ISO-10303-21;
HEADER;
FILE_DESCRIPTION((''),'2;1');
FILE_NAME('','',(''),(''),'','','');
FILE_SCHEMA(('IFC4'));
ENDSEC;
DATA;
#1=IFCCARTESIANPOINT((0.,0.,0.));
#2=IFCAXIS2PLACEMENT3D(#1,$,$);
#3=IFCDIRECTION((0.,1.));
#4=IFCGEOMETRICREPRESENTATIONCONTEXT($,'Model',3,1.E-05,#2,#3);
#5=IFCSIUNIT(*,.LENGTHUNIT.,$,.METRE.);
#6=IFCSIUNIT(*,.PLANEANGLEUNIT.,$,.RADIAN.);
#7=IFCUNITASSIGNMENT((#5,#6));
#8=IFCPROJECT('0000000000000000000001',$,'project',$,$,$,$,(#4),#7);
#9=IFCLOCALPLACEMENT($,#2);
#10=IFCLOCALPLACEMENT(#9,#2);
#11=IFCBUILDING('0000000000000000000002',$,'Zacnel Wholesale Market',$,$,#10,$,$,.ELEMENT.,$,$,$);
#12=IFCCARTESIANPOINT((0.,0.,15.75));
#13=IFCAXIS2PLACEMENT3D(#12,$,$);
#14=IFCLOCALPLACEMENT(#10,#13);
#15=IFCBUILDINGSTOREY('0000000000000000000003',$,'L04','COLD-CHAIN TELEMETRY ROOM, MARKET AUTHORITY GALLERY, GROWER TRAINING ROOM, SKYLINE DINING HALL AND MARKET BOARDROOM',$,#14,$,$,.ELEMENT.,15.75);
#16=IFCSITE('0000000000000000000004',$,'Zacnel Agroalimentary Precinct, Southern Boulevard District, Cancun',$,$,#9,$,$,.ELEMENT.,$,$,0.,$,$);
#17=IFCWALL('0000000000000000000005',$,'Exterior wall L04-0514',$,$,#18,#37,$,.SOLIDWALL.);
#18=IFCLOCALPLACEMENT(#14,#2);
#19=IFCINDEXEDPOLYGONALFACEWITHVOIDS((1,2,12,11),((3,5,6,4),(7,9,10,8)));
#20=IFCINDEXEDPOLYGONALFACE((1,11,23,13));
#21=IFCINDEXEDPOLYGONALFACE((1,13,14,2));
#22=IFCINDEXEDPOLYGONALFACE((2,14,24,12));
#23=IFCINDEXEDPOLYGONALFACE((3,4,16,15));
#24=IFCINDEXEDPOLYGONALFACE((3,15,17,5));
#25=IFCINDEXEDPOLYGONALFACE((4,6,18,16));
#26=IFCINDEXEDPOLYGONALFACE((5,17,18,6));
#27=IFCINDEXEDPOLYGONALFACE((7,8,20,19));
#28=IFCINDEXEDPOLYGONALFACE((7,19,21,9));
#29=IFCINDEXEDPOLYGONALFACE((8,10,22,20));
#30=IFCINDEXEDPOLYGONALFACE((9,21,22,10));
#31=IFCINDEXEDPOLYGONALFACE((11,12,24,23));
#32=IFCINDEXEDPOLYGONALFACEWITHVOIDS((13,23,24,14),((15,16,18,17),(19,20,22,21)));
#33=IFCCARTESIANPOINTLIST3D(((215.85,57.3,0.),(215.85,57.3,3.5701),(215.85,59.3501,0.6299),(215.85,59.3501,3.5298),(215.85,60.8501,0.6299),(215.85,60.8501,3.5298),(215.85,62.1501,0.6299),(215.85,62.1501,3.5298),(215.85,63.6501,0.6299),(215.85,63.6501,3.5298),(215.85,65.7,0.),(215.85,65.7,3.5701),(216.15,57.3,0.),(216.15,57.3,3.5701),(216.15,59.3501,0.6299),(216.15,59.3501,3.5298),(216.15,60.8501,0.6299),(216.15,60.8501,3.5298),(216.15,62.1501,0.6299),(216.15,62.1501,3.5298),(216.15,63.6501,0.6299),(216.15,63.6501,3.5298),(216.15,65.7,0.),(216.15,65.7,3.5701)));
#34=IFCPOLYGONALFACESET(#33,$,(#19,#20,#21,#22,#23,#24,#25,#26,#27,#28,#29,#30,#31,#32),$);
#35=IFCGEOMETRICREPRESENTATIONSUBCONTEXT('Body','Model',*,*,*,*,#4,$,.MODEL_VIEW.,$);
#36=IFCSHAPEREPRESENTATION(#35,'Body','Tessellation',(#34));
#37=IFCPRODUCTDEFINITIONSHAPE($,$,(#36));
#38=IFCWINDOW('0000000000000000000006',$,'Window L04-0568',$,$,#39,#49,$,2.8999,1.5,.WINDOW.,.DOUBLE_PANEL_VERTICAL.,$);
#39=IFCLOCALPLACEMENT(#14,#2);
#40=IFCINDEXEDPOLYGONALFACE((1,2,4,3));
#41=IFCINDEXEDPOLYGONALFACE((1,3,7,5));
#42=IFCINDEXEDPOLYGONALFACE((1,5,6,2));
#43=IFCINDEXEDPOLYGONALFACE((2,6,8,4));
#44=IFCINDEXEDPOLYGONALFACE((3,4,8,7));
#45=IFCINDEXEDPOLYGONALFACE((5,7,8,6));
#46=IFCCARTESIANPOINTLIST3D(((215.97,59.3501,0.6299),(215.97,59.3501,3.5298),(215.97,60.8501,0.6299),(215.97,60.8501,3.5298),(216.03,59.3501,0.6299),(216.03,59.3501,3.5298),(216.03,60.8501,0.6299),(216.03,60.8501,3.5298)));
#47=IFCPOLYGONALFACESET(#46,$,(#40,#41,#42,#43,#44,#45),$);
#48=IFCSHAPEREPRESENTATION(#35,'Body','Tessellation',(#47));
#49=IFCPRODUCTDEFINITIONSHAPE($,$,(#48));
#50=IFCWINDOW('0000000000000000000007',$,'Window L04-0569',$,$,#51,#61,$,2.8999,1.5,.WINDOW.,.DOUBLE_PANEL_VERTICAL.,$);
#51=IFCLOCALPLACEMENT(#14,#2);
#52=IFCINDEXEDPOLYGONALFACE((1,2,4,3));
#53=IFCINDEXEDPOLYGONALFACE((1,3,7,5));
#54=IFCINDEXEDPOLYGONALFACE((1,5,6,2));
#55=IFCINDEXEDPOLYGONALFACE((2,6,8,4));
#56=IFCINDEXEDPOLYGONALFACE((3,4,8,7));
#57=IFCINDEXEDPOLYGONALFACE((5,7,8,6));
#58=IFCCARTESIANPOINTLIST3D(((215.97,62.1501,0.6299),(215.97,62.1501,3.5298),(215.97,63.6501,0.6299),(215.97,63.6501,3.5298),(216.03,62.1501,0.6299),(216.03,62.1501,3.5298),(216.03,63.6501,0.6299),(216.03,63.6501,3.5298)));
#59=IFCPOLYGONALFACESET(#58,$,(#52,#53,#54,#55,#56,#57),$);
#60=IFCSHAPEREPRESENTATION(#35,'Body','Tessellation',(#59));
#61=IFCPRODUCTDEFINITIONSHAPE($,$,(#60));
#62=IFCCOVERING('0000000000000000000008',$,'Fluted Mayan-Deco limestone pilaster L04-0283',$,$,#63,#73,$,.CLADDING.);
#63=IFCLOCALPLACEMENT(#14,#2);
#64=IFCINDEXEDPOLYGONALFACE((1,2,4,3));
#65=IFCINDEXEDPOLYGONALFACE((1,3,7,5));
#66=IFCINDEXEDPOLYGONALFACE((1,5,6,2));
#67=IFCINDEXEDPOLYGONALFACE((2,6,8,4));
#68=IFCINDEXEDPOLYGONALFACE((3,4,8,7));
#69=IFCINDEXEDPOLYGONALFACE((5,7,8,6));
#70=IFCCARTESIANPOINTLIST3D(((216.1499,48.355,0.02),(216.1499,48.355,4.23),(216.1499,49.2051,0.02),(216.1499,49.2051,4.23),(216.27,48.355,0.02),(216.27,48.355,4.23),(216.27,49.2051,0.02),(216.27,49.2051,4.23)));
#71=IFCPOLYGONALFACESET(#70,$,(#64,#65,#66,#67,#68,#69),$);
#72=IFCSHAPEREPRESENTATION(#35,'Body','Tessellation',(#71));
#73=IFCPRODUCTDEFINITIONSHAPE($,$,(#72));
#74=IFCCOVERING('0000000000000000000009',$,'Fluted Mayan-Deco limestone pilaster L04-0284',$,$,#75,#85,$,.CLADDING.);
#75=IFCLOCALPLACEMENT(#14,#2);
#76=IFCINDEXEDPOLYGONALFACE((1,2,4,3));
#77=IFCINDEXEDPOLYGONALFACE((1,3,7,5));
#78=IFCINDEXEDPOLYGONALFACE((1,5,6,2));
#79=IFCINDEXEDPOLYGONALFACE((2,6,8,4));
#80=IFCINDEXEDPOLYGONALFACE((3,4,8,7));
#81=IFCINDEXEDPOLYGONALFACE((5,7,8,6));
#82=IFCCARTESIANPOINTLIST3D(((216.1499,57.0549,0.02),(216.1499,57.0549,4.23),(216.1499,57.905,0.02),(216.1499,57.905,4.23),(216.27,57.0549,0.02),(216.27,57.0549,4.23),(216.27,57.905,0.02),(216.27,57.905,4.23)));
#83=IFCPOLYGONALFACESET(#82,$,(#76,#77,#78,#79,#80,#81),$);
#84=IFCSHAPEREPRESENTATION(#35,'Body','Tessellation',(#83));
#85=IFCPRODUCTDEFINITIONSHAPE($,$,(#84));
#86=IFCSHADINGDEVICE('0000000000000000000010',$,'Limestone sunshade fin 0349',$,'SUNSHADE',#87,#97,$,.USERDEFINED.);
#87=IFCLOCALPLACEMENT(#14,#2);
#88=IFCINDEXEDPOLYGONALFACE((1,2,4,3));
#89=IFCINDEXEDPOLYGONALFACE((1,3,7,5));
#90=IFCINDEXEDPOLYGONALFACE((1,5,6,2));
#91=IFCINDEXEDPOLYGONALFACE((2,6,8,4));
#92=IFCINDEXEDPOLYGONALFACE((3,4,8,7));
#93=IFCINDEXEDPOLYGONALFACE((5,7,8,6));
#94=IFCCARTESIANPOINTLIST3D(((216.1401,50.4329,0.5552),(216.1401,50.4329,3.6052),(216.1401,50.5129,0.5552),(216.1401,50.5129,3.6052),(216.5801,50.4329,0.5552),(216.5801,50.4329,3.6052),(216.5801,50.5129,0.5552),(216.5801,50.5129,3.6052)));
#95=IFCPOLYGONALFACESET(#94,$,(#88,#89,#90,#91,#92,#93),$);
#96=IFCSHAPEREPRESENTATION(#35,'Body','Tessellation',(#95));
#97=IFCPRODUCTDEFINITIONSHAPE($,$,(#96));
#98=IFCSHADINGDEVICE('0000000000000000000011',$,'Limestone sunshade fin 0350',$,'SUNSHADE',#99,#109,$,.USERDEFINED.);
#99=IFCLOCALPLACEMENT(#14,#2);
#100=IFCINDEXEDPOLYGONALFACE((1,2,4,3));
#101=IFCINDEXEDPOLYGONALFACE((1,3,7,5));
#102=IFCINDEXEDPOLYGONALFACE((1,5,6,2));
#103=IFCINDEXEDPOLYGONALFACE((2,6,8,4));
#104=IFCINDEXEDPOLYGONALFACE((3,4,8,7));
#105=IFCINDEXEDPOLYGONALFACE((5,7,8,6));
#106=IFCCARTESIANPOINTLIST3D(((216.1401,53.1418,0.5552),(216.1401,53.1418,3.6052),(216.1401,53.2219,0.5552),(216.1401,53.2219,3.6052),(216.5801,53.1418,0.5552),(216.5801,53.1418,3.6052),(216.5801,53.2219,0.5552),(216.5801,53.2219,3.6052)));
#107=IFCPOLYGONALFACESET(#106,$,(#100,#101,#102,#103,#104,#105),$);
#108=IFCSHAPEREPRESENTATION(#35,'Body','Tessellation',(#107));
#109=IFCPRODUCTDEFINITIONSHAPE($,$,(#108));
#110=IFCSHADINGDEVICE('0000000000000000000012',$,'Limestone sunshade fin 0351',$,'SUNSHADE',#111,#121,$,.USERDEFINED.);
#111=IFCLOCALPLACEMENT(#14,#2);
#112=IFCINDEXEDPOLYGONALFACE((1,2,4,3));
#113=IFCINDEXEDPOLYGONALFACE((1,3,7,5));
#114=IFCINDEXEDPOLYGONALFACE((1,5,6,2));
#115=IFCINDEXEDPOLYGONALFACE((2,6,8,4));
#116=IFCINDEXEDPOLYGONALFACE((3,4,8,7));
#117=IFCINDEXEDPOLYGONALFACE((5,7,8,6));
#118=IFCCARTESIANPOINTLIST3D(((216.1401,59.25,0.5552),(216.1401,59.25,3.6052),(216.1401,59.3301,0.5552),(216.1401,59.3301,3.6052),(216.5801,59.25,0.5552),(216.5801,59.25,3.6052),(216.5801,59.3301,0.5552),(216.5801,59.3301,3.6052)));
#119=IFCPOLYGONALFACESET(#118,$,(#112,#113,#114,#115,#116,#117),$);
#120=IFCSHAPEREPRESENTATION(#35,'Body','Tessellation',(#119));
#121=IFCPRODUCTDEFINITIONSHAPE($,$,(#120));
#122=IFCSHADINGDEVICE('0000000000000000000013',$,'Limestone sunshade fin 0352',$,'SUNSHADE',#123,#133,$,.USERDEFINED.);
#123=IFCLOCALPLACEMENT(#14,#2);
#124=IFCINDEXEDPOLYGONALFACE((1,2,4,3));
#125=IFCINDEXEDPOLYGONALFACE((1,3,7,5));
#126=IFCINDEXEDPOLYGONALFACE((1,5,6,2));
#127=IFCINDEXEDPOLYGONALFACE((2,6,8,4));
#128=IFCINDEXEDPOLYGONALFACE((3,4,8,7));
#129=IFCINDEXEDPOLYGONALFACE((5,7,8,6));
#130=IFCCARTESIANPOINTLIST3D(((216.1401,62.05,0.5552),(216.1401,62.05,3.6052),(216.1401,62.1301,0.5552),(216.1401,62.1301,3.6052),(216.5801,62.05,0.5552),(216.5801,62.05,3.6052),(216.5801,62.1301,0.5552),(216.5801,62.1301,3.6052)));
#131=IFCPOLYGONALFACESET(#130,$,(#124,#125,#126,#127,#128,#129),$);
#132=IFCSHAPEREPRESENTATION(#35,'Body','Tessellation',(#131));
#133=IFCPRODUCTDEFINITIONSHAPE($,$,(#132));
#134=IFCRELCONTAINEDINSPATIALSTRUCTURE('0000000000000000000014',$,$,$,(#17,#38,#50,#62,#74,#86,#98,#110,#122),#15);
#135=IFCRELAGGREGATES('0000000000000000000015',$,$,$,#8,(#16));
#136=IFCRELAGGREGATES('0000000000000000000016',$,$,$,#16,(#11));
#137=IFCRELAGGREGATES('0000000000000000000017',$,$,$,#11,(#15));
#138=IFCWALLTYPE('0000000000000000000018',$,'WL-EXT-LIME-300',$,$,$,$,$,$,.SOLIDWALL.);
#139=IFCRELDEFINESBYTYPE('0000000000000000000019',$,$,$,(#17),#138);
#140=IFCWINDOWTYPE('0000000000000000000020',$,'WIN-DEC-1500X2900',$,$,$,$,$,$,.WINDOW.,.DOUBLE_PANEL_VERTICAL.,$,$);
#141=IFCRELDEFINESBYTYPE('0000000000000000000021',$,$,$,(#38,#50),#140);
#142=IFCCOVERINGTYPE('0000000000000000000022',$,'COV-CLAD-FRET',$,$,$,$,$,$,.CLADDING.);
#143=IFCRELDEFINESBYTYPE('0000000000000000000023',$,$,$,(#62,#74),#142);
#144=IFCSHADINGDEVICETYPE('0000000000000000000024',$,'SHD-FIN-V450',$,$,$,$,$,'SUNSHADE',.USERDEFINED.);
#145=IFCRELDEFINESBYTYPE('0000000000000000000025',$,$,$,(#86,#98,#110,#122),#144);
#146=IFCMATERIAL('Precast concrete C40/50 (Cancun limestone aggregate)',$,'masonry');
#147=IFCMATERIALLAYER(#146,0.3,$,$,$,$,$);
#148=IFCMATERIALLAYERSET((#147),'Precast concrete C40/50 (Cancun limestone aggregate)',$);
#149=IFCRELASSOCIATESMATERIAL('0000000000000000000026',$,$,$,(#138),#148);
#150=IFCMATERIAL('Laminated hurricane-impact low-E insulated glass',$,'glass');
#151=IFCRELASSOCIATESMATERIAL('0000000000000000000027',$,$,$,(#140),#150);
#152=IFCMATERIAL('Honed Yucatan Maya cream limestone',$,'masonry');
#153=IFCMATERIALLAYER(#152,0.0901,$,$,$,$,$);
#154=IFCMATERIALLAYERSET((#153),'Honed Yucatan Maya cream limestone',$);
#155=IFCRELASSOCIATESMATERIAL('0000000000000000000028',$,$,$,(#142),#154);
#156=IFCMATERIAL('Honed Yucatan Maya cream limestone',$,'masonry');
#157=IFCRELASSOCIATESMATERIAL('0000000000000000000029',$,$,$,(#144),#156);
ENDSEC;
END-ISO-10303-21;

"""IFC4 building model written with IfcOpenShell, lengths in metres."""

from ifc_helpers import new_model, si_unit, direction, frame, frame_2d, origin, origin_2d, place, context, subcontext, project, spatial, rectangle, extrude, material, layer, layer_set, type_object, element, fill, save


model = new_model("IFC4")

# Units and contexts
model_context = context("Model", 3, precision=1e-05, world=origin(), true_north=direction((0.0, 1.0)))
body_context = subcontext(model_context, "Body", "Model", "MODEL_VIEW")
ifc_project = project(units=[si_unit("LENGTHUNIT", "METRE"), si_unit("PLANEANGLEUNIT", "RADIAN")], contexts=[model_context])

# Site, building, storey
site_placement = place(None, origin())
site = spatial("IfcSite", under=ifc_project, at=site_placement, Name="Zacnel Agroalimentary Precinct, Southern Boulevard District, Cancun", CompositionType="ELEMENT", RefElevation=0.0)
building_placement = place(site_placement, origin())
building = spatial("IfcBuilding", under=site, at=building_placement, Name="Zacnel Wholesale Market", CompositionType="ELEMENT")
storey_placement = place(building_placement, frame((0.0, 0.0, 15.75)))
storey = spatial("IfcBuildingStorey", under=building, at=storey_placement, Name="L04", Description="COLD-CHAIN TELEMETRY ROOM, MARKET AUTHORITY GALLERY, GROWER TRAINING ROOM, SKYLINE DINING HALL AND MARKET BOARDROOM", CompositionType="ELEMENT", Elevation=15.75)

# Wall, openings, windows
ifc_material_1 = material(Name="Precast concrete C40/50 (Cancun limestone aggregate)", Category="masonry")
ifc_layer_1 = layer(ifc_material_1, 0.3)
ifc_layer_set_1 = layer_set([ifc_layer_1], Name="Precast concrete C40/50 (Cancun limestone aggregate)")
wall_type = type_object("IfcWallType", Name="WL-EXT-LIME-300", PredefinedType="SOLIDWALL", material=ifc_layer_set_1)
ifc_material_2 = material(Name="Laminated hurricane-impact low-E insulated glass", Category="glass")
window_type = type_object("IfcWindowType", Name="WIN-DEC-1500X2900", PartitioningType="DOUBLE_PANEL_VERTICAL", PredefinedType="WINDOW", material=ifc_material_2)
wall_1_placement = place(storey_placement, frame((216.0, 57.3, 0.0), z_axis=(0.0, 0.0, 1.0), x_axis=(0.0, 1.0, 0.0)))
wall_1 = element("IfcWall", 1, at=wall_1_placement, inside=storey, type_object=wall_type, Name="Exterior wall L04-0514", PredefinedType="SOLIDWALL", context=body_context, shape_type="SweptSolid", body=[
    extrude(rectangle(XDim=8.3999, YDim=0.3, at=frame_2d((4.2, 0.0))), origin(), (0.0, 0.0, 1.0), 3.5701),
])
opening_1_placement = place(wall_1_placement, frame((2.05, 0.0, 0.6299)))
opening_1 = element("IfcOpeningElement", 2, at=opening_1_placement, cuts=wall_1, PredefinedType="OPENING", context=body_context, shape_type="SweptSolid", body=[
    extrude(rectangle(XDim=1.5, YDim=2.8999, at=frame_2d((0.75, 1.45))), frame((0.0, 0.1599, 0.0), z_axis=(0.0, -1.0, 0.0), x_axis=(1.0, 0.0, 0.0)), (0.0, 0.0, 1.0), 0.3201),
])
opening_2_placement = place(wall_1_placement, frame((4.8501, 0.0, 0.6299)))
opening_2 = element("IfcOpeningElement", 3, at=opening_2_placement, cuts=wall_1, PredefinedType="OPENING", context=body_context, shape_type="SweptSolid", body=[
    extrude(rectangle(XDim=1.5, YDim=2.8999, at=frame_2d((0.75, 1.45))), frame((0.0, 0.1599, 0.0), z_axis=(0.0, -1.0, 0.0), x_axis=(1.0, 0.0, 0.0)), (0.0, 0.0, 1.0), 0.3201),
])
window_1_placement = place(opening_1_placement, origin())
window_1 = element("IfcWindow", 4, at=window_1_placement, inside=storey, type_object=window_type, Name="Window L04-0568", OverallHeight=2.8999, OverallWidth=1.5, PartitioningType="DOUBLE_PANEL_VERTICAL", PredefinedType="WINDOW", context=body_context, shape_type="SweptSolid", body=[
    extrude(rectangle(XDim=1.5, YDim=2.8999, at=frame_2d((0.75, 1.45))), frame((0.0, 0.03, 0.0), z_axis=(0.0, -1.0, 0.0), x_axis=(1.0, 0.0, 0.0)), (0.0, 0.0, 1.0), 0.0601),
])
fill(opening_1, window_1)
window_2_placement = place(opening_2_placement, origin())
window_2 = element("IfcWindow", 5, at=window_2_placement, inside=storey, type_object=window_type, Name="Window L04-0569", OverallHeight=2.8999, OverallWidth=1.5, PartitioningType="DOUBLE_PANEL_VERTICAL", PredefinedType="WINDOW", context=body_context, shape_type="SweptSolid", body=[
    extrude(rectangle(XDim=1.5, YDim=2.8999, at=frame_2d((0.75, 1.45))), frame((0.0, 0.03, 0.0), z_axis=(0.0, -1.0, 0.0), x_axis=(1.0, 0.0, 0.0)), (0.0, 0.0, 1.0), 0.0601),
])
fill(opening_2, window_2)

# Coverings
ifc_material_3 = material(Name="Honed Yucatan Maya cream limestone", Category="masonry")
ifc_layer_2 = layer(ifc_material_3, 0.0901)
ifc_layer_set_2 = layer_set([ifc_layer_2], Name="Honed Yucatan Maya cream limestone")
covering_type = type_object("IfcCoveringType", Name="COV-CLAD-FRET", PredefinedType="CLADDING", material=ifc_layer_set_2)
for number, where, z_axis, x_axis, name in (
    (6, (216.21, 48.78, 0.02), (0.0, 0.0, 1.0), (0.0, 1.0, 0.0), "Fluted Mayan-Deco limestone pilaster L04-0283"),
    (7, (216.21, 57.48, 0.02), (0.0, 0.0, 1.0), (0.0, 1.0, 0.0), "Fluted Mayan-Deco limestone pilaster L04-0284"),
):
    element("IfcCovering", number, at=place(storey_placement, frame(where, z_axis=z_axis, x_axis=x_axis)), inside=storey, type_object=covering_type, Name=name, PredefinedType="CLADDING", context=body_context, shape_type="SweptSolid", body=[
        extrude(rectangle(XDim=0.8501, YDim=0.1201, at=origin_2d()), origin(), (0.0, 0.0, 1.0), 4.21),
    ])

# Shading devices
ifc_material_4 = material(Name="Honed Yucatan Maya cream limestone", Category="masonry")
shading_device_type = type_object("IfcShadingDeviceType", Name="SHD-FIN-V450", ElementType="SUNSHADE", PredefinedType="USERDEFINED", material=ifc_material_4)
for number, where, z_axis, x_axis, name in (
    (8, (216.3601, 50.4729, 0.5552), (0.0, 0.0, 1.0), (0.0, 1.0, 0.0), "Limestone sunshade fin 0349"),
    (9, (216.3601, 53.1819, 0.5552), (0.0, 0.0, 1.0), (0.0, 1.0, 0.0), "Limestone sunshade fin 0350"),
    (10, (216.3601, 59.29, 0.5552), (0.0, 0.0, 1.0), (0.0, 1.0, 0.0), "Limestone sunshade fin 0351"),
    (11, (216.3601, 62.0901, 0.5552), (0.0, 0.0, 1.0), (0.0, 1.0, 0.0), "Limestone sunshade fin 0352"),
):
    element("IfcShadingDevice", number, at=place(storey_placement, frame(where, z_axis=z_axis, x_axis=x_axis)), inside=storey, type_object=shading_device_type, Name=name, ObjectType="SUNSHADE", PredefinedType="USERDEFINED", context=body_context, shape_type="SweptSolid", body=[
        extrude(rectangle(XDim=0.0801, YDim=0.4399, at=origin_2d()), origin(), (0.0, 0.0, 1.0), 3.05),
    ])

save(model, "model.ifc")
